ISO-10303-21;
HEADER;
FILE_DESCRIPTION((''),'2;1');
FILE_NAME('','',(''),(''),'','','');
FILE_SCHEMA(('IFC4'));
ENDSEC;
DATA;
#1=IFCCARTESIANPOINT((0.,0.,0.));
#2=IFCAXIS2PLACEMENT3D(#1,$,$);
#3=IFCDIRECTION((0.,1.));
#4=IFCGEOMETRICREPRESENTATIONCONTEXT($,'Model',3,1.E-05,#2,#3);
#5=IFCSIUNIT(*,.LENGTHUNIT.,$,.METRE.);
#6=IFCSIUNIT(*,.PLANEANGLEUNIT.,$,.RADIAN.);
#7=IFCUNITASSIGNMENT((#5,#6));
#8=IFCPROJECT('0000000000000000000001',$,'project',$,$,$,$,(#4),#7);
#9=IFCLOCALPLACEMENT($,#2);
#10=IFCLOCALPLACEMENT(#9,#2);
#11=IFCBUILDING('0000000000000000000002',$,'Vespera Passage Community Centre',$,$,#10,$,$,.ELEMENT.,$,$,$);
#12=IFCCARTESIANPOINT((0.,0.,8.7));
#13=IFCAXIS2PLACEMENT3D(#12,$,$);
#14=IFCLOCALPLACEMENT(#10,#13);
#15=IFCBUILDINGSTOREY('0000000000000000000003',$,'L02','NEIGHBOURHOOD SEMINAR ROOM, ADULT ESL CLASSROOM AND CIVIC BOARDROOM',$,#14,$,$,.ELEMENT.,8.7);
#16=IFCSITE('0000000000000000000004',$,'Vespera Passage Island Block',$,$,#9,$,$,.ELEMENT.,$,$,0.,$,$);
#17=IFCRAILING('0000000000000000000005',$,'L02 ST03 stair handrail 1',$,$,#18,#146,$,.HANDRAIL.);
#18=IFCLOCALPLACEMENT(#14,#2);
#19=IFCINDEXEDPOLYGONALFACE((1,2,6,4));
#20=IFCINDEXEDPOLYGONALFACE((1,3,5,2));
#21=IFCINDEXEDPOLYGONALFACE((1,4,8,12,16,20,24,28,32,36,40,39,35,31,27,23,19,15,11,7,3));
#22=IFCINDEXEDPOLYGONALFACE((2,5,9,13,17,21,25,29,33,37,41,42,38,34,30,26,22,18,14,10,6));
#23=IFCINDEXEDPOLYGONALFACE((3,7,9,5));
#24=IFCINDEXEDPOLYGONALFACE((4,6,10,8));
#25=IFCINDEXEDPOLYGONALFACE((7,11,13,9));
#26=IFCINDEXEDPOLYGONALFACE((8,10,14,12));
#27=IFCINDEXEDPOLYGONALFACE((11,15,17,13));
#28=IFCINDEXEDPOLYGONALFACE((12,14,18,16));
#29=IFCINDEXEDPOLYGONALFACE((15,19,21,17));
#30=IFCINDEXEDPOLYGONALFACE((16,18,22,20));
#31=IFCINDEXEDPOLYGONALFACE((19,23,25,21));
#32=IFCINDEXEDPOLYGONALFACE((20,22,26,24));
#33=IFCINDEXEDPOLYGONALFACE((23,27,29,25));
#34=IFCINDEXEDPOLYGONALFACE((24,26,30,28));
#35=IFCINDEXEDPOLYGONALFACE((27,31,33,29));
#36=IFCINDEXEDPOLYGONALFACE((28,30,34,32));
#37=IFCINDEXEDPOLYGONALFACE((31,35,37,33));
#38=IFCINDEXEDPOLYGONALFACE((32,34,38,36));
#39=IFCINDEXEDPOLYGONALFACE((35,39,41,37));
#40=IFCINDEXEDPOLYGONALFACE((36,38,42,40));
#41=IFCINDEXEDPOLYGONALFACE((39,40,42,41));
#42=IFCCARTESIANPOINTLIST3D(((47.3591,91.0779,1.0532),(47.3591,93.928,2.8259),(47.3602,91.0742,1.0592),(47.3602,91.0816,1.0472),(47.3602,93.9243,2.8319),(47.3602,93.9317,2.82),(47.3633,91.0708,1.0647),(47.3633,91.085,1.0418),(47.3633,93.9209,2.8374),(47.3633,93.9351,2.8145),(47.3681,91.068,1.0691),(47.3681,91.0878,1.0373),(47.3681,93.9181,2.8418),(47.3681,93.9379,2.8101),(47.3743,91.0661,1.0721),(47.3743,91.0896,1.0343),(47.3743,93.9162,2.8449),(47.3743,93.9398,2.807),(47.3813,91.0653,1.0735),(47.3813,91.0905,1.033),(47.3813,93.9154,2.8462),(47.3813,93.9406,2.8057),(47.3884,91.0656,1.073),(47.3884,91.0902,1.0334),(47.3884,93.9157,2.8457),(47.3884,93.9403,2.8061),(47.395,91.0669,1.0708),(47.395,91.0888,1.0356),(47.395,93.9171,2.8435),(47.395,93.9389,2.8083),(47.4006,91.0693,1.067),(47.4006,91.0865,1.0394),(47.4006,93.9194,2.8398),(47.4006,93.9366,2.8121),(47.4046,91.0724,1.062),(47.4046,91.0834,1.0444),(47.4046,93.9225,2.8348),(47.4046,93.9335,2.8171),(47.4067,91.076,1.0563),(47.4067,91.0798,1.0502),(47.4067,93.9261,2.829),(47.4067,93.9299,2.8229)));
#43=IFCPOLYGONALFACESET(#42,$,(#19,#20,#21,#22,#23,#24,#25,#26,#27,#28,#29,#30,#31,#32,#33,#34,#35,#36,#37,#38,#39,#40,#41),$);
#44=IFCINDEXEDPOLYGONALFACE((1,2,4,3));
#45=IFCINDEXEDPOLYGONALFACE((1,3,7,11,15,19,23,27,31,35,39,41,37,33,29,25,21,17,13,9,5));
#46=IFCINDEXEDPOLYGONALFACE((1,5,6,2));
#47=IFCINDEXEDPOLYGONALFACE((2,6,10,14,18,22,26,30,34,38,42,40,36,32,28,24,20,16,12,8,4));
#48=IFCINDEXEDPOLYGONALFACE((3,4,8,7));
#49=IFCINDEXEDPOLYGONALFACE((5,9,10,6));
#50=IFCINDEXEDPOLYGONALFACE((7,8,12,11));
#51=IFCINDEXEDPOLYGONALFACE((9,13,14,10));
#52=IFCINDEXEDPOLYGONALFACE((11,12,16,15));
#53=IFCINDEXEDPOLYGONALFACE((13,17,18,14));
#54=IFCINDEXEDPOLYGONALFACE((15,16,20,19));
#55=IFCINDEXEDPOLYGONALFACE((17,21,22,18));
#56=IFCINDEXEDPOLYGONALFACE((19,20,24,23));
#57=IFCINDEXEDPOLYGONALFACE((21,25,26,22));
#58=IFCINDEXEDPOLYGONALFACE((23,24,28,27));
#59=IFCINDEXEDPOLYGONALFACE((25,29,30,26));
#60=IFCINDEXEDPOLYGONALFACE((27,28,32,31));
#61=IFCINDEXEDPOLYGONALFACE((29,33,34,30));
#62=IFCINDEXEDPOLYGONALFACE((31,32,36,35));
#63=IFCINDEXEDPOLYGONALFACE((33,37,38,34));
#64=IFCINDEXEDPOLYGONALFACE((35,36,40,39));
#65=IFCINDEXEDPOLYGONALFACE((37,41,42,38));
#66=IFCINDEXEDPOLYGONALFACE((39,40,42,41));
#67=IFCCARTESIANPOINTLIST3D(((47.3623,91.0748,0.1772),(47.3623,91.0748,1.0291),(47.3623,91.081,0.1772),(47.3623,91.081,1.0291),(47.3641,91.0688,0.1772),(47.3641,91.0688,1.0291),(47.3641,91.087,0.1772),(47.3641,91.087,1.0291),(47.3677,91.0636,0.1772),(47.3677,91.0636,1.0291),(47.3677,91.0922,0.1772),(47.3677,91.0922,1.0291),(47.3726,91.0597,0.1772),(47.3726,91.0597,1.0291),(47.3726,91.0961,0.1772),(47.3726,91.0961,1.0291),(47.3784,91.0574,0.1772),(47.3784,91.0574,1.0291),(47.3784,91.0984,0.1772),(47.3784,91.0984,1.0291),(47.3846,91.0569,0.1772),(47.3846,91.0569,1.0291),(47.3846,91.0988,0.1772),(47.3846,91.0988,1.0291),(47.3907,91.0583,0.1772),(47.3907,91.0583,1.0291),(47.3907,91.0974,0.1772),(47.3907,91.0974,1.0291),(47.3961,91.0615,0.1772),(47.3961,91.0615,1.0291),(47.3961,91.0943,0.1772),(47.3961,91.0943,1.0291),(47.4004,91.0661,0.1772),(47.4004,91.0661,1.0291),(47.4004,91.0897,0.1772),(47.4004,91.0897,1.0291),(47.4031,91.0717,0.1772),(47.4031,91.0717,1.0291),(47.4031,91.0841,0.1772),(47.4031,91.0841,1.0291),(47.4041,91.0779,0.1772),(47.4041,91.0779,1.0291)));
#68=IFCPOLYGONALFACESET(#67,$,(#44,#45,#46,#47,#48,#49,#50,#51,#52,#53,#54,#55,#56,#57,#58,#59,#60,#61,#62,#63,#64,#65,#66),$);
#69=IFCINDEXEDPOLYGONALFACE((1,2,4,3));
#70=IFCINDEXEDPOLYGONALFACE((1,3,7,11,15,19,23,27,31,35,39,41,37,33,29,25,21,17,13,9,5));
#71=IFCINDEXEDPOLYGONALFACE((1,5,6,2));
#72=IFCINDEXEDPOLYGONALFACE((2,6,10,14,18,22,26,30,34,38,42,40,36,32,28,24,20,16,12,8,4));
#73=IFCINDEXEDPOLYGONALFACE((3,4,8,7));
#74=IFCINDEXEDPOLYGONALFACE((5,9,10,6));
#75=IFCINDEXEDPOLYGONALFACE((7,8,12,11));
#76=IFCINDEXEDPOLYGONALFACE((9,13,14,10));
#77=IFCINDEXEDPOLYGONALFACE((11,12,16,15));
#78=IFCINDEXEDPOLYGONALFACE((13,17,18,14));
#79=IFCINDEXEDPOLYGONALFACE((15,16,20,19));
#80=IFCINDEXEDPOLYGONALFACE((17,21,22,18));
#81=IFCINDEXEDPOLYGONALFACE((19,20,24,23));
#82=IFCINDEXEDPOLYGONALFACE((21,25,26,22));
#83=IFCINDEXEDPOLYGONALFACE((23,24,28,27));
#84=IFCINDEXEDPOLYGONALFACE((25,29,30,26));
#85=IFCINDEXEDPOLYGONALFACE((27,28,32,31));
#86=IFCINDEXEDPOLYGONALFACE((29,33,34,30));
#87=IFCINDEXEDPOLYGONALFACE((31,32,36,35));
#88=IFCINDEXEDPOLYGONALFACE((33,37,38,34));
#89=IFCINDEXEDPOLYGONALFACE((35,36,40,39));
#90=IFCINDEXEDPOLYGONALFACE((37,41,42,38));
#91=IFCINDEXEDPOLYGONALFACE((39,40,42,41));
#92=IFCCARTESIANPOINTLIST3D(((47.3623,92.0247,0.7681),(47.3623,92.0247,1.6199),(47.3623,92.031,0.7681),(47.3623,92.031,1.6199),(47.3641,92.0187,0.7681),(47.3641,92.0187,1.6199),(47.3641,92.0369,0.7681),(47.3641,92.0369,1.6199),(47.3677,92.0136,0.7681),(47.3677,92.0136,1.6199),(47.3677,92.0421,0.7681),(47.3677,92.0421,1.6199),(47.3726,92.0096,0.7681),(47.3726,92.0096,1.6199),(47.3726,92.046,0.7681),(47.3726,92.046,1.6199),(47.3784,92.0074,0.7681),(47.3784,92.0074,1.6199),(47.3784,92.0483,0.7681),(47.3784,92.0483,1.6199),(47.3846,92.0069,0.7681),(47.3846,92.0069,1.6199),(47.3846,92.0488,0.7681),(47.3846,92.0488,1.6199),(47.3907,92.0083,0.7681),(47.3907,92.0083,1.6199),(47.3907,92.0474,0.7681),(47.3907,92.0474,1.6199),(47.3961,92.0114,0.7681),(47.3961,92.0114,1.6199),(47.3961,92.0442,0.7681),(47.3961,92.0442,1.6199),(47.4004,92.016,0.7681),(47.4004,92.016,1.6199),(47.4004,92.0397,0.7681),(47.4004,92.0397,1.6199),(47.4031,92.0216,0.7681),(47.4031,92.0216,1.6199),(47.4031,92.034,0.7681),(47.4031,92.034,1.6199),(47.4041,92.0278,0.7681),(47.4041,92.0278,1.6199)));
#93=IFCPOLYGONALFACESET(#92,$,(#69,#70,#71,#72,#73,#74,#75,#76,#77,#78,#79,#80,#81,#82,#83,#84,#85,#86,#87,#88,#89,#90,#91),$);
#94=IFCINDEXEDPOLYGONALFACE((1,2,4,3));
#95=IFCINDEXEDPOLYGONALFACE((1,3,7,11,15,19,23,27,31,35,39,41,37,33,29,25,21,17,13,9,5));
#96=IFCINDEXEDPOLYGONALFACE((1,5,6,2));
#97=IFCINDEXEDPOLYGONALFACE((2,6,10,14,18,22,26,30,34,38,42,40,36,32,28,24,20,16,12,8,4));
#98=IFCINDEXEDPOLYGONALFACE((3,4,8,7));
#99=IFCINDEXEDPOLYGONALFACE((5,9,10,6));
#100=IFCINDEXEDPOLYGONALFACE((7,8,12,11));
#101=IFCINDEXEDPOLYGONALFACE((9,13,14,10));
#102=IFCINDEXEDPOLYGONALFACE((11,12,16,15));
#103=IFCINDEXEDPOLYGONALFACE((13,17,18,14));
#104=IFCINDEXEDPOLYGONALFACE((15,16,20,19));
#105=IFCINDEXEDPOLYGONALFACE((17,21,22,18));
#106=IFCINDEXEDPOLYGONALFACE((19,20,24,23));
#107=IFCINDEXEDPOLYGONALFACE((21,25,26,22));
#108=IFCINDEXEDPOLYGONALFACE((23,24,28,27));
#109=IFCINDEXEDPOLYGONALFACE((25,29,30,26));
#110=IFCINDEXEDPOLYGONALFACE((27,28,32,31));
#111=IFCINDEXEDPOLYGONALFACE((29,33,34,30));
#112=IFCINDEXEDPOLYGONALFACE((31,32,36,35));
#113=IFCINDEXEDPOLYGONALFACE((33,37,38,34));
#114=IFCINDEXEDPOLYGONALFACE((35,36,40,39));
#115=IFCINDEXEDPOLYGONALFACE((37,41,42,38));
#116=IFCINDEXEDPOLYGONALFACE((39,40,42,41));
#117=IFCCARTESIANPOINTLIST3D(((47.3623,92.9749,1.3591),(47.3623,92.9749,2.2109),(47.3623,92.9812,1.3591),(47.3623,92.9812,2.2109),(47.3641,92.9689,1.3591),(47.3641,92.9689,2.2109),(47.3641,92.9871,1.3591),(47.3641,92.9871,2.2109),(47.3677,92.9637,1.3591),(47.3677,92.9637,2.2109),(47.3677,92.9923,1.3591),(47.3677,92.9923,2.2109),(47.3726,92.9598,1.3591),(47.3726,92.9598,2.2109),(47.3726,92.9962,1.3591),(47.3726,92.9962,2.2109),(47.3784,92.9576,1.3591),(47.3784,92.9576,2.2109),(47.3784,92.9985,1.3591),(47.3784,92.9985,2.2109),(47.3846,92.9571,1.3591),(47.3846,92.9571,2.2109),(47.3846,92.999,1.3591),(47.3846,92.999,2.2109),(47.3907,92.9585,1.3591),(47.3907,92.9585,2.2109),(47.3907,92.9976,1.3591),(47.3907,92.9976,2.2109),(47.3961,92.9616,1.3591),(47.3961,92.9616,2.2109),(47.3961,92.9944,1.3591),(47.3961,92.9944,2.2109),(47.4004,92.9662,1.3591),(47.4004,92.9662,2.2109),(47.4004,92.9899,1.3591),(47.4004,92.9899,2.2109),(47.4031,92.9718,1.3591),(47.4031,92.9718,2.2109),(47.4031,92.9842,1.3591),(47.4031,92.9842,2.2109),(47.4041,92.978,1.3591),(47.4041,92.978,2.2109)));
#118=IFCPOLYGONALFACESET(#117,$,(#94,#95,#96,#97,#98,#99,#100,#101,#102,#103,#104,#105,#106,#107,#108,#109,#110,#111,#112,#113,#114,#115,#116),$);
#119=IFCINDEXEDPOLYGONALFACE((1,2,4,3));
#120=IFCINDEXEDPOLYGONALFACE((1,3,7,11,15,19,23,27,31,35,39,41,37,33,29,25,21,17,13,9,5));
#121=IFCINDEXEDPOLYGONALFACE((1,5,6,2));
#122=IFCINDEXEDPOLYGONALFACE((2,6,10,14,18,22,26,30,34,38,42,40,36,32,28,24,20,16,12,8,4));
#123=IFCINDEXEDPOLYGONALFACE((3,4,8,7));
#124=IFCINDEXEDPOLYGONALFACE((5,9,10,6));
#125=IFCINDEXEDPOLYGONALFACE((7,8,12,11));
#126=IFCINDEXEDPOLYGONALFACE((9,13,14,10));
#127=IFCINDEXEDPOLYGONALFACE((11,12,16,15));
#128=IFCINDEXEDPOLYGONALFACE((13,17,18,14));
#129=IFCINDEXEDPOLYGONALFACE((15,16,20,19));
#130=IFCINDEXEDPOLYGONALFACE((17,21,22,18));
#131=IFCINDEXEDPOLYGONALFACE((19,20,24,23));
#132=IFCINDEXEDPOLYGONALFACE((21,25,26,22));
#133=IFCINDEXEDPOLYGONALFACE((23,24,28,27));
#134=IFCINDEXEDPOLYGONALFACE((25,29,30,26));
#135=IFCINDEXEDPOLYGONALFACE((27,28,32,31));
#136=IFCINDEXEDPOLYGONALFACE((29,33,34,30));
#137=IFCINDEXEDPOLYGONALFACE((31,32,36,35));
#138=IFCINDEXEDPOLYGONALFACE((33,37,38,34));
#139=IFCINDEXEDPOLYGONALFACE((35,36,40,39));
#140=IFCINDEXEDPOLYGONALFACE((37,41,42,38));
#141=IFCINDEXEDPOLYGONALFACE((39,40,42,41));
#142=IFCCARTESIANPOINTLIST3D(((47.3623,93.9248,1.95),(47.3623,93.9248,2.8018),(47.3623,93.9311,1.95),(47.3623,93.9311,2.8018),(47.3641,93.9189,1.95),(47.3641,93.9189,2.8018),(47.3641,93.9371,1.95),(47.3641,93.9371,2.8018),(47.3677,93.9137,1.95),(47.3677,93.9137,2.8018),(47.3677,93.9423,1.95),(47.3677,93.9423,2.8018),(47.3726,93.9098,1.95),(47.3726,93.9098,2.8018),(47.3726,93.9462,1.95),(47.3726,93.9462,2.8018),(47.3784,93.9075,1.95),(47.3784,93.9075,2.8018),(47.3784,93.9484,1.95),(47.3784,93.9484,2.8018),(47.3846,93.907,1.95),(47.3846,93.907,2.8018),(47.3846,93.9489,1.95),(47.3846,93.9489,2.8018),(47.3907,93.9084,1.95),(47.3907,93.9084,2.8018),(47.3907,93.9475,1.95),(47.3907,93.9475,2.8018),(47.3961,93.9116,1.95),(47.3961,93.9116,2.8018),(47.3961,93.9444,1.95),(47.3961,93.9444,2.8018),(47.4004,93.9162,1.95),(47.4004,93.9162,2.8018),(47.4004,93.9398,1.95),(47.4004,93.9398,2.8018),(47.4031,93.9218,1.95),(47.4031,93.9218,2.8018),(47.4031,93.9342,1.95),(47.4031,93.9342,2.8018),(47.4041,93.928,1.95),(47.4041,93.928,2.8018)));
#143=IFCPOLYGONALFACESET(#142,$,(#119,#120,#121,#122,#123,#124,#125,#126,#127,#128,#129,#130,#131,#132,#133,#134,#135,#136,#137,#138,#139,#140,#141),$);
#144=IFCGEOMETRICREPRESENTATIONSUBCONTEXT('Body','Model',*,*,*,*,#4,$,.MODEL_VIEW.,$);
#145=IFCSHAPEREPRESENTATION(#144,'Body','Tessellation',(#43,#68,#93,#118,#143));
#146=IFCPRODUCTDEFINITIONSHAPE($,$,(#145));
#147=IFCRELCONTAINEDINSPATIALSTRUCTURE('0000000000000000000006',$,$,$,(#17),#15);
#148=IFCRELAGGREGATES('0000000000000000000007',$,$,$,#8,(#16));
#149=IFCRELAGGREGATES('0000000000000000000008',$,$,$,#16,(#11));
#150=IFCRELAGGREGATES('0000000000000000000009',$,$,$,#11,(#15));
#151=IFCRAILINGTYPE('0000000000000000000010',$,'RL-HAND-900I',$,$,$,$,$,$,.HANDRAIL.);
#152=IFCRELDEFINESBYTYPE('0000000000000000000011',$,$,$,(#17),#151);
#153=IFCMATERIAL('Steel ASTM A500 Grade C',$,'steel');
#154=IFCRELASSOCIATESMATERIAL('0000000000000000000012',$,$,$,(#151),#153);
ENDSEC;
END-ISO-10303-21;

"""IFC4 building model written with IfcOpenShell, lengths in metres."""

from ifc_helpers import new_model, si_unit, direction, frame, origin, origin_2d, place, context, subcontext, project, spatial, circle, extrude, material, type_object, element, save


model = new_model("IFC4")

# Units and contexts
model_context = context("Model", 3, precision=1e-05, world=origin(), true_north=direction((0.0, 1.0)))
body_context = subcontext(model_context, "Body", "Model", "MODEL_VIEW")
ifc_project = project(units=[si_unit("LENGTHUNIT", "METRE"), si_unit("PLANEANGLEUNIT", "RADIAN")], contexts=[model_context])

# Site, building, storey
site_placement = place(None, origin())
site = spatial("IfcSite", under=ifc_project, at=site_placement, Name="Vespera Passage Island Block", CompositionType="ELEMENT", RefElevation=0.0)
building_placement = place(site_placement, origin())
building = spatial("IfcBuilding", under=site, at=building_placement, Name="Vespera Passage Community Centre", CompositionType="ELEMENT")
storey_placement = place(building_placement, frame((0.0, 0.0, 8.7)))
storey = spatial("IfcBuildingStorey", under=building, at=storey_placement, Name="L02", Description="NEIGHBOURHOOD SEMINAR ROOM, ADULT ESL CLASSROOM AND CIVIC BOARDROOM", CompositionType="ELEMENT", Elevation=8.7)

# Railing
ifc_material_1 = material(Name="Steel ASTM A500 Grade C", Category="steel")
railing_type_1 = type_object("IfcRailingType", Name="RL-HAND-900I", PredefinedType="HANDRAIL", material=ifc_material_1)
railing_1_placement = place(storey_placement, frame((47.3831, 91.0779, 0.1772)))
element("IfcRailing", 1, at=railing_1_placement, inside=storey, type_object=railing_type_1, Name="L02 ST03 stair handrail 1", PredefinedType="HANDRAIL", context=body_context, shape_type="SweptSolid", body=[
    extrude(circle(Radius=0.0239, at=origin_2d()), frame((0.0, 0.0, 0.876), z_axis=(0.0, 0.849149, 0.528154), x_axis=(-1.0, 0.0, 0.0)), (0.0, 0.0, 1.0), 3.3564),
    extrude(circle(Radius=0.021, at=origin_2d()), origin(), (0.0, 0.0, 1.0), 0.8518),
    extrude(circle(Radius=0.021, at=origin_2d()), frame((0.0, 0.95, 0.5908)), (0.0, 0.0, 1.0), 0.8518),
    extrude(circle(Radius=0.021, at=origin_2d()), frame((0.0, 1.9001, 1.1819)), (0.0, 0.0, 1.0), 0.8518),
    extrude(circle(Radius=0.021, at=origin_2d()), frame((0.0, 2.8501, 1.7727)), (0.0, 0.0, 1.0), 0.8518),
])

save(model, "model.ifc")
